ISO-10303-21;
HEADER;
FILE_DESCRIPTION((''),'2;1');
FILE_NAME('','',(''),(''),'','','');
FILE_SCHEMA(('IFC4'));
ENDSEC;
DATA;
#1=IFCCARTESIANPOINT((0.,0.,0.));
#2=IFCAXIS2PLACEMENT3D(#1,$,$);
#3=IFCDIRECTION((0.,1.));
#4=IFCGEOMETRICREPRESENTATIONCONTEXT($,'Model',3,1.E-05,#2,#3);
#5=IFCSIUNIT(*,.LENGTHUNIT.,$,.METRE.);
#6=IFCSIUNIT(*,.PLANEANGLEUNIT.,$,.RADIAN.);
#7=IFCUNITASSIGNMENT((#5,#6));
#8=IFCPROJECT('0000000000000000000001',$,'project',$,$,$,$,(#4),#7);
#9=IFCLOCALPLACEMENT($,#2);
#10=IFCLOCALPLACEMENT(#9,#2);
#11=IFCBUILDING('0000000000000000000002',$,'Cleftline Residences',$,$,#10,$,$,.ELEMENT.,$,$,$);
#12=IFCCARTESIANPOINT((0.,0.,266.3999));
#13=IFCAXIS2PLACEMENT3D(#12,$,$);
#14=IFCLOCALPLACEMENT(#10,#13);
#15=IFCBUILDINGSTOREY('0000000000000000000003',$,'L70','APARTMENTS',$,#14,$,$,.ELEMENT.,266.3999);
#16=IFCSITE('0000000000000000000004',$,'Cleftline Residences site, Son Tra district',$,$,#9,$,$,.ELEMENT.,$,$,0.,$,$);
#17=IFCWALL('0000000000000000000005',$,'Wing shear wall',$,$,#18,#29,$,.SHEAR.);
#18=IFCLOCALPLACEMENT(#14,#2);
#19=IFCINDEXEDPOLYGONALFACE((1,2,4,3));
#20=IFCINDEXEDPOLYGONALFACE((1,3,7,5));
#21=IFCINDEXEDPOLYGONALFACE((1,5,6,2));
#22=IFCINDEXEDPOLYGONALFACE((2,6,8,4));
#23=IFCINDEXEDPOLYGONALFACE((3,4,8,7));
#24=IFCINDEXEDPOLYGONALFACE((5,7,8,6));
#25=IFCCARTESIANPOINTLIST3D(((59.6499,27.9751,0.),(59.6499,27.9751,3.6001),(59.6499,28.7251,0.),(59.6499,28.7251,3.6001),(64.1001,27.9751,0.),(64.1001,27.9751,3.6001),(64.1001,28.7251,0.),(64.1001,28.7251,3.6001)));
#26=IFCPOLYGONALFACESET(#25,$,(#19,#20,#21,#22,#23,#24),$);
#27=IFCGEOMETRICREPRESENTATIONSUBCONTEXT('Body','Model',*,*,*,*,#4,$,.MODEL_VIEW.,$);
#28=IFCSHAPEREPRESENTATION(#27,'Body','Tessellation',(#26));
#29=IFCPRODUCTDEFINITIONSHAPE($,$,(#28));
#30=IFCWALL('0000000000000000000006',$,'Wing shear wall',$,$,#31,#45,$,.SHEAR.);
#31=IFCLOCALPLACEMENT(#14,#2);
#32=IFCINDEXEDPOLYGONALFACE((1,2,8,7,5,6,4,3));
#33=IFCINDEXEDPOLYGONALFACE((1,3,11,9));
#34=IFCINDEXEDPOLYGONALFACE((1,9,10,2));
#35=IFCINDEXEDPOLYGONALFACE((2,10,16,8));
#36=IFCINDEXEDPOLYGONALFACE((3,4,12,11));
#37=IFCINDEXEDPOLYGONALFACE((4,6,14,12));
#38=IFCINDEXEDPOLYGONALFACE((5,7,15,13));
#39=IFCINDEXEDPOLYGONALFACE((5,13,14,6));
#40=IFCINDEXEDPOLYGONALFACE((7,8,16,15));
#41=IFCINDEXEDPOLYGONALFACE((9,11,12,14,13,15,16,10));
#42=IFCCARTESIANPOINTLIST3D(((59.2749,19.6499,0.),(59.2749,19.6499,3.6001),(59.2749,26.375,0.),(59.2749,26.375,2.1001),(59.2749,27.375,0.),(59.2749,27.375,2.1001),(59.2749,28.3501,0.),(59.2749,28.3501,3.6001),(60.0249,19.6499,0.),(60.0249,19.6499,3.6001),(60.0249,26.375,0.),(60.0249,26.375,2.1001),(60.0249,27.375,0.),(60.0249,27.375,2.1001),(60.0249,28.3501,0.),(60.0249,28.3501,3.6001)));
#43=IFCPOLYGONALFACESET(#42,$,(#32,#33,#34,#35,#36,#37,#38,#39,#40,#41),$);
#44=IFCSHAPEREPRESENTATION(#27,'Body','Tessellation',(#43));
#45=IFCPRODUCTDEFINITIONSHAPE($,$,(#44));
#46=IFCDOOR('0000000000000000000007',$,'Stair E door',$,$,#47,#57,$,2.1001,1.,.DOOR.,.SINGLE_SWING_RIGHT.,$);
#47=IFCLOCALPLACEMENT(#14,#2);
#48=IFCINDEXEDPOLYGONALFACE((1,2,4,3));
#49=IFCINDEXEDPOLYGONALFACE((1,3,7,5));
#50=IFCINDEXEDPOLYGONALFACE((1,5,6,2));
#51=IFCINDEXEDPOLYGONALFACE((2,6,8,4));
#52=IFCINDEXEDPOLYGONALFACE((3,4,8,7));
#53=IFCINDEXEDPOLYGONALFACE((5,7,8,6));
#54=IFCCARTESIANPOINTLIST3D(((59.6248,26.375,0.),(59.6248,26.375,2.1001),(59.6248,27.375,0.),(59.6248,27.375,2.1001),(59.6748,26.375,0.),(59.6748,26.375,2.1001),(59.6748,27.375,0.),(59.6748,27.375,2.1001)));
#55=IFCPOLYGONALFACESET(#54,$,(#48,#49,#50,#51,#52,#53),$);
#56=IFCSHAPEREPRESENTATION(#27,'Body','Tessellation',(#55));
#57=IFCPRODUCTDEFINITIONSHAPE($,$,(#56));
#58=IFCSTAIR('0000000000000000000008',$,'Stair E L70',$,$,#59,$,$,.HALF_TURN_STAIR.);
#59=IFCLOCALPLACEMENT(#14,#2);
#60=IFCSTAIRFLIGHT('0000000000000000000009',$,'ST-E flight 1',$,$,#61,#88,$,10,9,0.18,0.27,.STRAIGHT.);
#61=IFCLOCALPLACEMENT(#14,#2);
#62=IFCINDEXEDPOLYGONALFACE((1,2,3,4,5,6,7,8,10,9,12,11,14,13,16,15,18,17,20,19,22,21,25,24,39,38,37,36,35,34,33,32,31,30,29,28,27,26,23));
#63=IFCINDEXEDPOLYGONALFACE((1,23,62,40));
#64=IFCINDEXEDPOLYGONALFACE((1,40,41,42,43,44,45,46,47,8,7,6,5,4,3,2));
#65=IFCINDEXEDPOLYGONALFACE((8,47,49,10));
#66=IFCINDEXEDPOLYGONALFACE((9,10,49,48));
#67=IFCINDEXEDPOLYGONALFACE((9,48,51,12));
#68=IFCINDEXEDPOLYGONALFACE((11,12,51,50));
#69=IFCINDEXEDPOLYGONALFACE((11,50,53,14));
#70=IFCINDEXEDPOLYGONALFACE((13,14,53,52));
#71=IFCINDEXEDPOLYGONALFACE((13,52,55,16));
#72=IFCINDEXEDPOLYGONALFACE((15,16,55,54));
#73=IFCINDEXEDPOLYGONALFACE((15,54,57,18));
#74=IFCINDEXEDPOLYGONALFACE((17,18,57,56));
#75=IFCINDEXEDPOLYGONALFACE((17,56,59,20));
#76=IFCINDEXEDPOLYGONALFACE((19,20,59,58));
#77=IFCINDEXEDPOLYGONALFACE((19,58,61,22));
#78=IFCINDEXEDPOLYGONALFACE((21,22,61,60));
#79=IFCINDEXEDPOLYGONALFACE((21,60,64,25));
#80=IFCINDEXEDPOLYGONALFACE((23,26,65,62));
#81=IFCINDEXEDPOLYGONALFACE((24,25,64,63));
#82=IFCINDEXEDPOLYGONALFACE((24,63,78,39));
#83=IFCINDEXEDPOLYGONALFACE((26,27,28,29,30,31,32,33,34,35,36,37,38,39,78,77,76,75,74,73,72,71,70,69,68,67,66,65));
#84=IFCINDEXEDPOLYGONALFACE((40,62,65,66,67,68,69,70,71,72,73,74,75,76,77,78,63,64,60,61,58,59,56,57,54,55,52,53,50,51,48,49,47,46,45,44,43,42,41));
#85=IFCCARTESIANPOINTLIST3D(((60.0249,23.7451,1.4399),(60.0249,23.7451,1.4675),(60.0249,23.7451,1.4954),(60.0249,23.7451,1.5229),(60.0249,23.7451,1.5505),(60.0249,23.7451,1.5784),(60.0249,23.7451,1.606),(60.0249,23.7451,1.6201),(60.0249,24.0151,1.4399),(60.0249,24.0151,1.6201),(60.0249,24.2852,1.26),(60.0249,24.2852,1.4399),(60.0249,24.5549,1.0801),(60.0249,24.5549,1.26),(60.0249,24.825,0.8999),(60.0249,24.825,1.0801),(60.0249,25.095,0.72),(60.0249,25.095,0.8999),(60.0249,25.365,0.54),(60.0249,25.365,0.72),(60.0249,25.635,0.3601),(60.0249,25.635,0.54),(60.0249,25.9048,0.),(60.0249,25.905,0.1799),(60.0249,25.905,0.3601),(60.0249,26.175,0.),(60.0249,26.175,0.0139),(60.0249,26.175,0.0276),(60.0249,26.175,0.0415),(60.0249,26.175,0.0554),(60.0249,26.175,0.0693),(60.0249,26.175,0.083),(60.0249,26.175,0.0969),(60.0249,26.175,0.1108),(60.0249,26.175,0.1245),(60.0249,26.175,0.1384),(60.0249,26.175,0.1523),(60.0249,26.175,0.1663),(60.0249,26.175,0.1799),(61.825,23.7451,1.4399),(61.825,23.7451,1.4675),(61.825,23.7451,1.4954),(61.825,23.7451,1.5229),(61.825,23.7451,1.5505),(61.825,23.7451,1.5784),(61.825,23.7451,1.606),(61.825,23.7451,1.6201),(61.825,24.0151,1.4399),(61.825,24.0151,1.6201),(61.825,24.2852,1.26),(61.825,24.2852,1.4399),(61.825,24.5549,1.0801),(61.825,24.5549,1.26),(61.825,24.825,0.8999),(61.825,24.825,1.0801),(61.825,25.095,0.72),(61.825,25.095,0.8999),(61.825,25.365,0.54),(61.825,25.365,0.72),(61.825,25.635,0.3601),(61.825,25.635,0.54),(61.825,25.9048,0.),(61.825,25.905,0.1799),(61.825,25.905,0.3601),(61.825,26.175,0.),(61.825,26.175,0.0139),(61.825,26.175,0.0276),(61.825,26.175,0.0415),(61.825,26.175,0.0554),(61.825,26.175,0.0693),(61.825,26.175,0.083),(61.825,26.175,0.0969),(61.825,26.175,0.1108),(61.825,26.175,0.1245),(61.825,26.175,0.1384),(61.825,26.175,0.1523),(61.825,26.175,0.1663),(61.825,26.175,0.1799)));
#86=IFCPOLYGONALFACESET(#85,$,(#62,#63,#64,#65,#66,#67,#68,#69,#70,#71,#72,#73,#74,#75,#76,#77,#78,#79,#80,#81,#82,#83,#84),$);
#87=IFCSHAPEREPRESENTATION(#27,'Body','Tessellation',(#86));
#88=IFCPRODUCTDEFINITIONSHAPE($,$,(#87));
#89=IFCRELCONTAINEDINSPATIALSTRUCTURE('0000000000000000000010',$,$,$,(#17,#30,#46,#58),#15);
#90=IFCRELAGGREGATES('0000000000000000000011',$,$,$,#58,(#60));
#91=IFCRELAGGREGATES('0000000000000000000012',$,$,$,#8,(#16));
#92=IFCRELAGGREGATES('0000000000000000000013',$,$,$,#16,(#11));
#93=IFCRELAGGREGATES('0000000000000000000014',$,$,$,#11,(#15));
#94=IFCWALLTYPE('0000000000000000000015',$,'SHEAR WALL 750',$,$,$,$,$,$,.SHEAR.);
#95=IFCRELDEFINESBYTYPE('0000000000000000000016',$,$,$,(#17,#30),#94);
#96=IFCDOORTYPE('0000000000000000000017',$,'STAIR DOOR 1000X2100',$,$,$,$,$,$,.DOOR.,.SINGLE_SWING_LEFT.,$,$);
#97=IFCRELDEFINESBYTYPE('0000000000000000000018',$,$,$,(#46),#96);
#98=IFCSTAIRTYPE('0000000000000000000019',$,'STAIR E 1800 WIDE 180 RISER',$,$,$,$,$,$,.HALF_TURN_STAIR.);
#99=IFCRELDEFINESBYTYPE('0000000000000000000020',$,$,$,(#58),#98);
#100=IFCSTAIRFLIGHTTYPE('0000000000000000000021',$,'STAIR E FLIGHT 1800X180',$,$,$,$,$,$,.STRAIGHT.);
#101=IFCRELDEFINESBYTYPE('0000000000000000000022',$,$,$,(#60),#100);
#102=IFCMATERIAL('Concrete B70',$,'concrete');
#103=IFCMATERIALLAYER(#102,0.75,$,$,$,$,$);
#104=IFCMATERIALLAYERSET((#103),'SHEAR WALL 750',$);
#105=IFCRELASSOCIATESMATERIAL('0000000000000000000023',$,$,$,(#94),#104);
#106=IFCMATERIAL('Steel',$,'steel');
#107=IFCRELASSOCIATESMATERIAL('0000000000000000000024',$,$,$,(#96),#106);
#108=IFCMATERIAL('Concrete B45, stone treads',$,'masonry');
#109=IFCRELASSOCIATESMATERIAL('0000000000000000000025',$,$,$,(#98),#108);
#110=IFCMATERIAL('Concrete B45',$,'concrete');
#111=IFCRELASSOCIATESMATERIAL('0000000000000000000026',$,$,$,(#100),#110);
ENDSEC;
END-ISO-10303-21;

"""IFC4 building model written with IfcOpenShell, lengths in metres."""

from ifc_helpers import new_model, si_unit, direction, frame, frame_2d, origin, place, context, subcontext, project, spatial, polyline, rectangle, outline, extrude, material, layer, layer_set, type_object, element, fill, aggregate, save


model = new_model("IFC4")

# Units and contexts
model_context = context("Model", 3, precision=1e-05, world=origin(), true_north=direction((0.0, 1.0)))
body_context = subcontext(model_context, "Body", "Model", "MODEL_VIEW")
ifc_project = project(units=[si_unit("LENGTHUNIT", "METRE"), si_unit("PLANEANGLEUNIT", "RADIAN")], contexts=[model_context])

# Site, building, storey
site_placement = place(None, origin())
site = spatial("IfcSite", under=ifc_project, at=site_placement, Name="Cleftline Residences site, Son Tra district", CompositionType="ELEMENT", RefElevation=0.0)
building_placement = place(site_placement, origin())
building = spatial("IfcBuilding", under=site, at=building_placement, Name="Cleftline Residences", CompositionType="ELEMENT")
storey_placement = place(building_placement, frame((0.0, 0.0, 266.3999)))
storey = spatial("IfcBuildingStorey", under=building, at=storey_placement, Name="L70", Description="APARTMENTS", CompositionType="ELEMENT", Elevation=266.3999)

# Wall
ifc_material_1 = material(Name="Concrete B70", Category="concrete")
ifc_layer_1 = layer(ifc_material_1, 0.75)
ifc_layer_set_1 = layer_set([ifc_layer_1], Name="SHEAR WALL 750")
wall_type_1 = type_object("IfcWallType", Name="SHEAR WALL 750", PredefinedType="SHEAR", material=ifc_layer_set_1)
wall_1_placement = place(storey_placement, frame((64.1001, 28.3501, 0.0), z_axis=(0.0, 0.0, 1.0), x_axis=(-1.0, 0.0, 0.0)))
element("IfcWall", 1, at=wall_1_placement, inside=storey, type_object=wall_type_1, Name="Wing shear wall", PredefinedType="SHEAR", context=body_context, shape_type="SweptSolid", body=[
    extrude(rectangle(XDim=4.4502, YDim=0.75, at=frame_2d((2.2251, 0.0))), origin(), (0.0, 0.0, 1.0), 3.6001),
])

# Wall, opening, door
wall_2_placement = place(storey_placement, frame((59.6499, 28.3501, 0.0), z_axis=(0.0, 0.0, 1.0), x_axis=(0.0, -1.0, 0.0)))
wall_2 = element("IfcWall", 2, at=wall_2_placement, inside=storey, type_object=wall_type_1, Name="Wing shear wall", PredefinedType="SHEAR", context=body_context, shape_type="SweptSolid", body=[
    extrude(rectangle(XDim=8.7002, YDim=0.75, at=frame_2d((4.3501, 0.0))), origin(), (0.0, 0.0, 1.0), 3.6001),
])
opening_1_placement = place(wall_2_placement, frame((0.9751, 0.0, 0.0)))
opening_1 = element("IfcOpeningElement", 3, at=opening_1_placement, cuts=wall_2, PredefinedType="OPENING", context=body_context, shape_type="SweptSolid", body=[
    extrude(rectangle(XDim=1.0, YDim=2.1001, at=frame_2d((0.5, 1.05))), frame((0.0, 0.385, 0.0), z_axis=(0.0, -1.0, 0.0), x_axis=(1.0, 0.0, 0.0)), (0.0, 0.0, 1.0), 0.77),
])
ifc_material_2 = material(Name="Steel", Category="steel")
door_type_1 = type_object("IfcDoorType", Name="STAIR DOOR 1000X2100", OperationType="SINGLE_SWING_LEFT", PredefinedType="DOOR", material=ifc_material_2)
door_1_placement = place(opening_1_placement, origin())
door_1 = element("IfcDoor", 4, at=door_1_placement, inside=storey, type_object=door_type_1, Name="Stair E door", OperationType="SINGLE_SWING_RIGHT", OverallHeight=2.1001, OverallWidth=1.0, PredefinedType="DOOR", context=body_context, shape_type="SweptSolid", body=[
    extrude(rectangle(XDim=1.0, YDim=2.1001, at=frame_2d((0.5, 1.05))), frame((0.0, 0.0249, 0.0), z_axis=(0.0, -1.0, 0.0), x_axis=(1.0, 0.0, 0.0)), (0.0, 0.0, 1.0), 0.05),
])
fill(opening_1, door_1)

# Stair, stair flight
ifc_material_3 = material(Name="Concrete B45, stone treads", Category="masonry")
stair_type = type_object("IfcStairType", Name="STAIR E 1800 WIDE 180 RISER", PredefinedType="HALF_TURN_STAIR", material=ifc_material_3)
stair_placement = place(storey_placement, origin())
stair = element("IfcStair", 5, at=stair_placement, inside=storey, type_object=stair_type, Name="Stair E L70", PredefinedType="HALF_TURN_STAIR")
ifc_material_4 = material(Name="Concrete B45", Category="concrete")
stair_flight_type = type_object("IfcStairFlightType", Name="STAIR E FLIGHT 1800X180", PredefinedType="STRAIGHT", material=ifc_material_4)
stair_flight_placement = place(storey_placement, frame((60.925, 26.175, 0.0), z_axis=(0.0, 0.0, 1.0), x_axis=(0.0, -1.0, 0.0)))
stair_flight = element("IfcStairFlight", 6, at=stair_flight_placement, type_object=stair_flight_type, Name="ST-E flight 1", NumberOfRisers=10, NumberOfTreads=9, PredefinedType="STRAIGHT", RiserHeight=0.18, TreadLength=0.27, context=body_context, shape_type="SweptSolid", body=[
    extrude(outline(polyline([(0.0, 0.0), (0.0, 0.0139), (0.0, 0.0276), (0.0, 0.0415), (0.0, 0.0554), (0.0, 0.0693), (0.0, 0.083), (0.0, 0.0969), (0.0, 0.1108), (0.0, 0.1245), (0.0, 0.1384), (0.0, 0.1523), (0.0, 0.1663), (0.0, 0.1799), (0.27, 0.1799), (0.27, 0.3601), (0.54, 0.3601), (0.54, 0.54), (0.8101, 0.54), (0.8101, 0.72), (1.0801, 0.72), (1.0801, 0.8999), (1.3501, 0.8999), (1.3501, 1.0801), (1.6201, 1.0801), (1.6201, 1.26), (1.8899, 1.26), (1.8899, 1.4399), (2.1599, 1.4399), (2.1599, 1.6201), (2.4299, 1.6201), (2.4299, 1.8), (2.4299, 1.7722), (2.4299, 1.7446), (2.4299, 1.7168), (2.4299, 1.6892), (2.4299, 1.6614), (2.4299, 1.6338), (2.4299, 1.606), (2.4299, 1.5784), (2.4299, 1.5505), (2.4299, 1.5229), (2.4299, 1.4954), (2.4299, 1.4675), (2.4299, 1.4399), (0.2703, 0.0), (0.0, 0.0)])), frame((0.0, 0.8999, 0.0), z_axis=(0.0, -1.0, 0.0), x_axis=(1.0, 0.0, 0.0)), (0.0, 0.0, 1.0), 1.8),
])
aggregate(stair, [stair_flight])

save(model, "model.ifc")
